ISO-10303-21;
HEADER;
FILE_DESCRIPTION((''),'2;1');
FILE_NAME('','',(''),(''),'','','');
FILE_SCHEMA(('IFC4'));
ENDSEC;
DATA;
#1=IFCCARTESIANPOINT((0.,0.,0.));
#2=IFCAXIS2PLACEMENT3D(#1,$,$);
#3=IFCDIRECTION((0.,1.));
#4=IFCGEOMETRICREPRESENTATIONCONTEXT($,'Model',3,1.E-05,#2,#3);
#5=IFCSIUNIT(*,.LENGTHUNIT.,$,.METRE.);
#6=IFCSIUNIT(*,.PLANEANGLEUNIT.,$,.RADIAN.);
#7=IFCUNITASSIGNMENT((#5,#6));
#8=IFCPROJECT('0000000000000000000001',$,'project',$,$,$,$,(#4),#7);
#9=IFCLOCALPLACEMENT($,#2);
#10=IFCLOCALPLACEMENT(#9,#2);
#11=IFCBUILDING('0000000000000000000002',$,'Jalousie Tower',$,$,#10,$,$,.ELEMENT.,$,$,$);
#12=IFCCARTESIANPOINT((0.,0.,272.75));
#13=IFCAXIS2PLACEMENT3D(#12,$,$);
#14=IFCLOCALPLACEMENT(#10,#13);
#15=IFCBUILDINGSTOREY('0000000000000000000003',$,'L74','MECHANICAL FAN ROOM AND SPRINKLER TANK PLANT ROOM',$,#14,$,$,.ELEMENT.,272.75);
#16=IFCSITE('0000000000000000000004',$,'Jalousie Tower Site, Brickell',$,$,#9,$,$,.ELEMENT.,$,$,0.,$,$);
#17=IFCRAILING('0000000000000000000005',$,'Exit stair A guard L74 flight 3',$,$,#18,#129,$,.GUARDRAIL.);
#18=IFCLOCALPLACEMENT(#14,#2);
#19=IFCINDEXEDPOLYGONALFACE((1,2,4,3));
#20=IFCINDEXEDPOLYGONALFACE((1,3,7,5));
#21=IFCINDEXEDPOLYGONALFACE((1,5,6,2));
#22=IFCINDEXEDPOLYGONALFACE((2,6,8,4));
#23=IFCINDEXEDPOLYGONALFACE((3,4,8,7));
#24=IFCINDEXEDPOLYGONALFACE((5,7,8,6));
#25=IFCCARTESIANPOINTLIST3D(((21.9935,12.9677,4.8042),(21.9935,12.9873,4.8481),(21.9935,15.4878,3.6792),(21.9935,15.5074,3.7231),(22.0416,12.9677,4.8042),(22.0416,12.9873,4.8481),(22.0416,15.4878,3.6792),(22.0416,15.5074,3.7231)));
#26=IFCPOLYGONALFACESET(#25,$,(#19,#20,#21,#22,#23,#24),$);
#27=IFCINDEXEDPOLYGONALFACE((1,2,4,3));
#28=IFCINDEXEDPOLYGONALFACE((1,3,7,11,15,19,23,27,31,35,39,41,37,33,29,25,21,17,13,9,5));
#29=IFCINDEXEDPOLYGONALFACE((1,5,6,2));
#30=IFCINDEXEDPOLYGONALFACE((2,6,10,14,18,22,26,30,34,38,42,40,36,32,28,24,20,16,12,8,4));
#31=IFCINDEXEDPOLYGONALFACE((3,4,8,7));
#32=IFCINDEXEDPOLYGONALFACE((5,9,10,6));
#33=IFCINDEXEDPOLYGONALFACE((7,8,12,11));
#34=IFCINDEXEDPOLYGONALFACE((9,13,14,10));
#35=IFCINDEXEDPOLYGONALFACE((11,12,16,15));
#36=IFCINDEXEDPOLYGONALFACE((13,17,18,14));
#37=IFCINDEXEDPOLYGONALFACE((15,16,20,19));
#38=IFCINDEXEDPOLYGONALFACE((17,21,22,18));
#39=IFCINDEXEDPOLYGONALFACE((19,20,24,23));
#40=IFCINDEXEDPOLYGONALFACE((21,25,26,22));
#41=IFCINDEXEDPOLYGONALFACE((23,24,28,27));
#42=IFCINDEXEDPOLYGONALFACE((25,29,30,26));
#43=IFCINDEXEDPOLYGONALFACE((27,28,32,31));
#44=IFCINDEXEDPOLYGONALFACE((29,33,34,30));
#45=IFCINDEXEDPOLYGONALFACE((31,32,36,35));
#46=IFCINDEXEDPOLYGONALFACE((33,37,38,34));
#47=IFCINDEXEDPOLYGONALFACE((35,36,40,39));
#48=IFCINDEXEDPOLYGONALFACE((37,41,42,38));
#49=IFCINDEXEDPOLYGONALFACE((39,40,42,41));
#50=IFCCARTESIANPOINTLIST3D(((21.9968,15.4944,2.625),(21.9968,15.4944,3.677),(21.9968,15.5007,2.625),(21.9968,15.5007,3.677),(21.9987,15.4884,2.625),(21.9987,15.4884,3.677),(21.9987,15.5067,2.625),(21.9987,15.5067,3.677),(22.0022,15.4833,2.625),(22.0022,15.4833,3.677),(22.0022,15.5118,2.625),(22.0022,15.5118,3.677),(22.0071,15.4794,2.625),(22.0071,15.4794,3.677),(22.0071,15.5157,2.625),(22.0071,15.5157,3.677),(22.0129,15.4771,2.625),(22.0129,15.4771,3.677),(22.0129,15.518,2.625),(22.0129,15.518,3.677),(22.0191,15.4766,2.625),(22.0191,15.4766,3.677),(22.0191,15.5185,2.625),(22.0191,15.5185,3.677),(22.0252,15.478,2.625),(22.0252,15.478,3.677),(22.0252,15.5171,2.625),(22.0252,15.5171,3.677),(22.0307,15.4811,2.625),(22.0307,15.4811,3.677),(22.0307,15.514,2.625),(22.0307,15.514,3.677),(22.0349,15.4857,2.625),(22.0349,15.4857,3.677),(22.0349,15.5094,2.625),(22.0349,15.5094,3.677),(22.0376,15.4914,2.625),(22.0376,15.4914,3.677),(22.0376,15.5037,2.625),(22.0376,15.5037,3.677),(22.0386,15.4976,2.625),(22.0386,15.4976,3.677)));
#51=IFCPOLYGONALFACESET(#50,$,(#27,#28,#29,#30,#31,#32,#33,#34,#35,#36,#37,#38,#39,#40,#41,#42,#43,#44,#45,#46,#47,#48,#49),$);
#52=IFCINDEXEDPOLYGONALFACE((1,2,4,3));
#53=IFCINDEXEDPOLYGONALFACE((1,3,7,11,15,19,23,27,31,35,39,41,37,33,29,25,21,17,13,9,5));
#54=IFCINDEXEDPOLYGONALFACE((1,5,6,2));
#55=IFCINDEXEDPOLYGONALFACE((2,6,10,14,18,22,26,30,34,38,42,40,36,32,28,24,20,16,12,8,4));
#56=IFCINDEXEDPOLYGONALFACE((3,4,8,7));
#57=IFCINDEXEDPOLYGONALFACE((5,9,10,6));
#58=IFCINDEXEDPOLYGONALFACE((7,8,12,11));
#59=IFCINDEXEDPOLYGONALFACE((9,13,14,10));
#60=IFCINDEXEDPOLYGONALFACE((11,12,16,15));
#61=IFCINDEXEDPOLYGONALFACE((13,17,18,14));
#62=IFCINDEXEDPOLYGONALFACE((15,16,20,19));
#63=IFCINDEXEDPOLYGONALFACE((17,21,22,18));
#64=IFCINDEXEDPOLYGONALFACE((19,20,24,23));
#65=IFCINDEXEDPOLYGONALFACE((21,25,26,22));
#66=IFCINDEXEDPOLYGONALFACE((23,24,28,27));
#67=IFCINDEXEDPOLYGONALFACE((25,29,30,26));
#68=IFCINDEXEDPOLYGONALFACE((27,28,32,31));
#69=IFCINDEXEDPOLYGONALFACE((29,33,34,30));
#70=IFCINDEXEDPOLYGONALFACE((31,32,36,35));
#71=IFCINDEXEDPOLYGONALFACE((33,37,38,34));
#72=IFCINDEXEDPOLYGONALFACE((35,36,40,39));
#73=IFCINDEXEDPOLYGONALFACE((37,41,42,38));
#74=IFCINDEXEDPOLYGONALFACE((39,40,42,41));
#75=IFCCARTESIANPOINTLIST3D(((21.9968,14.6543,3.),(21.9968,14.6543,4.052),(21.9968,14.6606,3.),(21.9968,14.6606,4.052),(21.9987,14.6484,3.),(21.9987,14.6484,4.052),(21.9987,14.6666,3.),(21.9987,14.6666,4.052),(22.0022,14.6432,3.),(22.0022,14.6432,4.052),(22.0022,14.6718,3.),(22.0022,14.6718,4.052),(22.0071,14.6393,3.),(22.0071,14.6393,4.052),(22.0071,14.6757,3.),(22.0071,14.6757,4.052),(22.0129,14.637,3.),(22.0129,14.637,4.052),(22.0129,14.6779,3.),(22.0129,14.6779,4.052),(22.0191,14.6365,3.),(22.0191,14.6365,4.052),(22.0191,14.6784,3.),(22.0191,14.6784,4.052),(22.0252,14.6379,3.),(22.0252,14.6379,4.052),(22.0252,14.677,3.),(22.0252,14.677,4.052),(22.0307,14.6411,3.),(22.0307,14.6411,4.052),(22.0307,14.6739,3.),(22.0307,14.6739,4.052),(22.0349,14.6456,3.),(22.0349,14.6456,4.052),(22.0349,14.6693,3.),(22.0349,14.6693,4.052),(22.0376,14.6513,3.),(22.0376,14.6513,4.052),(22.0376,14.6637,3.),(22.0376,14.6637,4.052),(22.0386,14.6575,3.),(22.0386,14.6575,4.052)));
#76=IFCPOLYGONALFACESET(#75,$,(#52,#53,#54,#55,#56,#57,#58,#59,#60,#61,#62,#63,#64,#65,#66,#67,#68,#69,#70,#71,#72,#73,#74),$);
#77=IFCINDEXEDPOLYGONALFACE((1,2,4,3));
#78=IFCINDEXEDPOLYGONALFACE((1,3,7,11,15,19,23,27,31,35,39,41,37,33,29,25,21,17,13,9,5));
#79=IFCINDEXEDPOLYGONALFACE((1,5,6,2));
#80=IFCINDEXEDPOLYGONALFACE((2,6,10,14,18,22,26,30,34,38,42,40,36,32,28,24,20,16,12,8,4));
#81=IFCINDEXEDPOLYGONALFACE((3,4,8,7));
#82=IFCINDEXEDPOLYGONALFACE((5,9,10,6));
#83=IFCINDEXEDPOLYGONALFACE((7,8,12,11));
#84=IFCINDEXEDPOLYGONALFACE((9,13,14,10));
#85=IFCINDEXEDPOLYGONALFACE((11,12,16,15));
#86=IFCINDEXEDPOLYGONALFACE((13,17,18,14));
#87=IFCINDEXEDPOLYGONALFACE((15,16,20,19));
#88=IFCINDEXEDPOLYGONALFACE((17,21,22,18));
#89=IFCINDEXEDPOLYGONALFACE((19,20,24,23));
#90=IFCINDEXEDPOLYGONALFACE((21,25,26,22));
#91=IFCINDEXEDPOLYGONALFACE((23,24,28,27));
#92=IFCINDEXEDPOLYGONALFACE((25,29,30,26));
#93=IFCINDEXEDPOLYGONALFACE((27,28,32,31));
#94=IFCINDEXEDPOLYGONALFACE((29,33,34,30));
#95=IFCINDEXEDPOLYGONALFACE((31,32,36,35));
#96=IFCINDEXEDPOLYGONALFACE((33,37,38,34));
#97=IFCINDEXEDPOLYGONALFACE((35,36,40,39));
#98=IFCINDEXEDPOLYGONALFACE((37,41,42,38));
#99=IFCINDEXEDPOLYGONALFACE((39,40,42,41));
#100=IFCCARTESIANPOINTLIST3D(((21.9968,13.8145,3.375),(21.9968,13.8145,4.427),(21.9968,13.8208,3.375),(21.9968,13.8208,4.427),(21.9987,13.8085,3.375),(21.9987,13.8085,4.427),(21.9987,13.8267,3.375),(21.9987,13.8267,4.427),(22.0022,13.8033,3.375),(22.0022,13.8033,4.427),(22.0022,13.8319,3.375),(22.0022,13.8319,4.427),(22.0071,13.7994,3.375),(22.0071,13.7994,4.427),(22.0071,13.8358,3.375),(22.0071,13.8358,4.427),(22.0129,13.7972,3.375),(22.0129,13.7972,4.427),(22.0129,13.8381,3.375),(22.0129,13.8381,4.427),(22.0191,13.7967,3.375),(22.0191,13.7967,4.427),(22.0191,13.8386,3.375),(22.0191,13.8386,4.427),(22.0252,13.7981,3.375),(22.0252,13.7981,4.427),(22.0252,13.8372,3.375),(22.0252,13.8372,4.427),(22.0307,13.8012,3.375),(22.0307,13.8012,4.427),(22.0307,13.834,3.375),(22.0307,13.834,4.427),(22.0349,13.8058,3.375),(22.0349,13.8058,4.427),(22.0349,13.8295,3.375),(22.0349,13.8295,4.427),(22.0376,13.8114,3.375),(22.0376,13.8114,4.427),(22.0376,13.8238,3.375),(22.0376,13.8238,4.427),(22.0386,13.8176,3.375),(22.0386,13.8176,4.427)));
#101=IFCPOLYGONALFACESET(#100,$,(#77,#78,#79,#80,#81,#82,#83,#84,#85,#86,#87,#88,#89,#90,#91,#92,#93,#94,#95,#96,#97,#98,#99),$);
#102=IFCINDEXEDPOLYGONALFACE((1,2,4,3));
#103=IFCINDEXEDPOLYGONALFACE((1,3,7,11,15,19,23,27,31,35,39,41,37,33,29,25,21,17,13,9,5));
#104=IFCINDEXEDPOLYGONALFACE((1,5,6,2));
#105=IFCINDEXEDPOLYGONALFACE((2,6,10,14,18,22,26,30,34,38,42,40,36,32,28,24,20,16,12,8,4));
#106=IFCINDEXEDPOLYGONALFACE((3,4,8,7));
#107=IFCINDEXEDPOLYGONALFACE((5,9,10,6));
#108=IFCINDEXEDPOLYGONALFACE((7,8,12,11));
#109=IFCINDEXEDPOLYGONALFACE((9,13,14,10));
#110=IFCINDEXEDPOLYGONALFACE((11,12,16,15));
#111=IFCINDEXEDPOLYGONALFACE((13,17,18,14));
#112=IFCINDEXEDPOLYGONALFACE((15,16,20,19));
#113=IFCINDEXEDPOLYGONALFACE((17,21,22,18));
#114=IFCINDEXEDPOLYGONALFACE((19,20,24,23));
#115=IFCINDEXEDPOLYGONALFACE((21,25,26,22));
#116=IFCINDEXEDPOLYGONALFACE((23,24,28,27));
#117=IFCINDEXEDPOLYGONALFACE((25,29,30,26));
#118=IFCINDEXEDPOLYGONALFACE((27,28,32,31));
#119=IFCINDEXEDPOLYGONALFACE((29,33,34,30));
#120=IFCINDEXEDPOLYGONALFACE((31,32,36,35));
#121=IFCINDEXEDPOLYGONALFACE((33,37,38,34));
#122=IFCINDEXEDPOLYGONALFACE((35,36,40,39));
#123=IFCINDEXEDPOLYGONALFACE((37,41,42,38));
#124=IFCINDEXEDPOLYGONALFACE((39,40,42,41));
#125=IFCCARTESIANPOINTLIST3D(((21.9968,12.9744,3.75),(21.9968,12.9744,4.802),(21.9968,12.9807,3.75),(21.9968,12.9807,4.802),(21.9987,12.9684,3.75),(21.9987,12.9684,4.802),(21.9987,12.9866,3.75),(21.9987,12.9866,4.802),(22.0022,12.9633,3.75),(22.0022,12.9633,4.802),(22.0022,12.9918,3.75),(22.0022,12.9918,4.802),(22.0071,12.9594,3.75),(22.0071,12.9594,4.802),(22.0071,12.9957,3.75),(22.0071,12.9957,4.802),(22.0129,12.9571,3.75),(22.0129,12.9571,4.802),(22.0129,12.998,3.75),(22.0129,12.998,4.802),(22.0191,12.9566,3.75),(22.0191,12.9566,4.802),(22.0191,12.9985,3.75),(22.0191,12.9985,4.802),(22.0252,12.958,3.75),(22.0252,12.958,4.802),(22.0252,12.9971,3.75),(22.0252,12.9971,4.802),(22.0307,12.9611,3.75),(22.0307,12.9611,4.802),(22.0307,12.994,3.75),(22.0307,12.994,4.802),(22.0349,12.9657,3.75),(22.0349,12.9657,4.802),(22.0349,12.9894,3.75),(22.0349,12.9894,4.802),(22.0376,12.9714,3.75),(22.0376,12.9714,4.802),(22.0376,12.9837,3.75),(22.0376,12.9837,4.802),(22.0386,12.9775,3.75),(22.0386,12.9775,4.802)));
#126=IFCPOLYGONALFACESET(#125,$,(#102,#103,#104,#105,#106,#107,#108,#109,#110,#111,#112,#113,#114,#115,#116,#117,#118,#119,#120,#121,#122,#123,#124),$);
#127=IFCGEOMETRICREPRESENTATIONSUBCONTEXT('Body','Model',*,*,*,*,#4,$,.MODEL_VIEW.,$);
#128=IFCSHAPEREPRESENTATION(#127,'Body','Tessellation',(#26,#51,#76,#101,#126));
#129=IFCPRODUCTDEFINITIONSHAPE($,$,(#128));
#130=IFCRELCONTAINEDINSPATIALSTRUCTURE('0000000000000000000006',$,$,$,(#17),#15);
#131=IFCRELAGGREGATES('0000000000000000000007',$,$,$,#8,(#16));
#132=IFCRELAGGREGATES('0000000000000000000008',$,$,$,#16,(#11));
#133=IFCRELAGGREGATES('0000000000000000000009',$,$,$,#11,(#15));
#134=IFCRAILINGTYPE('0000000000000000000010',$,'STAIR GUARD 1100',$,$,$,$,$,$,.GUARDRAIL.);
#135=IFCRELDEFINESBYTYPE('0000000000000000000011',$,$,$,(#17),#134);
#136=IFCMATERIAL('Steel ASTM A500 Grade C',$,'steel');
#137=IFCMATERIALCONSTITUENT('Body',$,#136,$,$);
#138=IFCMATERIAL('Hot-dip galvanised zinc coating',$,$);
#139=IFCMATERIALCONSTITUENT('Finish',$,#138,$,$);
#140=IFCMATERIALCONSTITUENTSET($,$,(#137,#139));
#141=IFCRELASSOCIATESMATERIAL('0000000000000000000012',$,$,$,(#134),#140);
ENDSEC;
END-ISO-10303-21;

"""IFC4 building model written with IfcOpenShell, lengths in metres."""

from ifc_helpers import new_model, si_unit, direction, frame, origin, origin_2d, place, context, subcontext, project, spatial, rectangle, circle, extrude, material, constituent, constituent_set, type_object, element, save


model = new_model("IFC4")

# Units and contexts
model_context = context("Model", 3, precision=1e-05, world=origin(), true_north=direction((0.0, 1.0)))
body_context = subcontext(model_context, "Body", "Model", "MODEL_VIEW")
ifc_project = project(units=[si_unit("LENGTHUNIT", "METRE"), si_unit("PLANEANGLEUNIT", "RADIAN")], contexts=[model_context])

# Site, building, storey
site_placement = place(None, origin())
site = spatial("IfcSite", under=ifc_project, at=site_placement, Name="Jalousie Tower Site, Brickell", CompositionType="ELEMENT", RefElevation=0.0)
building_placement = place(site_placement, origin())
building = spatial("IfcBuilding", under=site, at=building_placement, Name="Jalousie Tower", CompositionType="ELEMENT")
storey_placement = place(building_placement, frame((0.0, 0.0, 272.75)))
storey = spatial("IfcBuildingStorey", under=building, at=storey_placement, Name="L74", Description="MECHANICAL FAN ROOM AND SPRINKLER TANK PLANT ROOM", CompositionType="ELEMENT", Elevation=272.75)

# Railing
ifc_material_1 = material(Name="Steel ASTM A500 Grade C", Category="steel")
ifc_constituent_1 = constituent(ifc_material_1, Name="Body")
ifc_material_2 = material(Name="Hot-dip galvanised zinc coating")
ifc_constituent_2 = constituent(ifc_material_2, Name="Finish")
ifc_constituent_set_1 = constituent_set(constituents=[ifc_constituent_1, ifc_constituent_2])
railing_type_1 = type_object("IfcRailingType", Name="STAIR GUARD 1100", PredefinedType="GUARDRAIL", material=ifc_constituent_set_1)
railing_1_placement = place(storey_placement, frame((22.0176, 15.4976, 2.625)))
element("IfcRailing", 1, at=railing_1_placement, inside=storey, type_object=railing_type_1, Name="Exit stair A guard L74 flight 3", PredefinedType="GUARDRAIL", context=body_context, shape_type="SweptSolid", body=[
    extrude(rectangle(XDim=0.0481, YDim=0.0481, at=origin_2d()), frame((0.0, 0.0, 1.0762), z_axis=(0.0, -0.913139, 0.407648), x_axis=(1.0, 0.0, 0.0)), (0.0, 0.0, 1.0), 2.7598),
    extrude(circle(Radius=0.021, at=origin_2d()), origin(), (0.0, 0.0, 1.0), 1.052),
    extrude(circle(Radius=0.021, at=origin_2d()), frame((0.0, -0.8401, 0.375)), (0.0, 0.0, 1.0), 1.052),
    extrude(circle(Radius=0.021, at=origin_2d()), frame((0.0, -1.6799, 0.75)), (0.0, 0.0, 1.0), 1.052),
    extrude(circle(Radius=0.021, at=origin_2d()), frame((0.0, -2.52, 1.125)), (0.0, 0.0, 1.0), 1.052),
])

save(model, "model.ifc")
